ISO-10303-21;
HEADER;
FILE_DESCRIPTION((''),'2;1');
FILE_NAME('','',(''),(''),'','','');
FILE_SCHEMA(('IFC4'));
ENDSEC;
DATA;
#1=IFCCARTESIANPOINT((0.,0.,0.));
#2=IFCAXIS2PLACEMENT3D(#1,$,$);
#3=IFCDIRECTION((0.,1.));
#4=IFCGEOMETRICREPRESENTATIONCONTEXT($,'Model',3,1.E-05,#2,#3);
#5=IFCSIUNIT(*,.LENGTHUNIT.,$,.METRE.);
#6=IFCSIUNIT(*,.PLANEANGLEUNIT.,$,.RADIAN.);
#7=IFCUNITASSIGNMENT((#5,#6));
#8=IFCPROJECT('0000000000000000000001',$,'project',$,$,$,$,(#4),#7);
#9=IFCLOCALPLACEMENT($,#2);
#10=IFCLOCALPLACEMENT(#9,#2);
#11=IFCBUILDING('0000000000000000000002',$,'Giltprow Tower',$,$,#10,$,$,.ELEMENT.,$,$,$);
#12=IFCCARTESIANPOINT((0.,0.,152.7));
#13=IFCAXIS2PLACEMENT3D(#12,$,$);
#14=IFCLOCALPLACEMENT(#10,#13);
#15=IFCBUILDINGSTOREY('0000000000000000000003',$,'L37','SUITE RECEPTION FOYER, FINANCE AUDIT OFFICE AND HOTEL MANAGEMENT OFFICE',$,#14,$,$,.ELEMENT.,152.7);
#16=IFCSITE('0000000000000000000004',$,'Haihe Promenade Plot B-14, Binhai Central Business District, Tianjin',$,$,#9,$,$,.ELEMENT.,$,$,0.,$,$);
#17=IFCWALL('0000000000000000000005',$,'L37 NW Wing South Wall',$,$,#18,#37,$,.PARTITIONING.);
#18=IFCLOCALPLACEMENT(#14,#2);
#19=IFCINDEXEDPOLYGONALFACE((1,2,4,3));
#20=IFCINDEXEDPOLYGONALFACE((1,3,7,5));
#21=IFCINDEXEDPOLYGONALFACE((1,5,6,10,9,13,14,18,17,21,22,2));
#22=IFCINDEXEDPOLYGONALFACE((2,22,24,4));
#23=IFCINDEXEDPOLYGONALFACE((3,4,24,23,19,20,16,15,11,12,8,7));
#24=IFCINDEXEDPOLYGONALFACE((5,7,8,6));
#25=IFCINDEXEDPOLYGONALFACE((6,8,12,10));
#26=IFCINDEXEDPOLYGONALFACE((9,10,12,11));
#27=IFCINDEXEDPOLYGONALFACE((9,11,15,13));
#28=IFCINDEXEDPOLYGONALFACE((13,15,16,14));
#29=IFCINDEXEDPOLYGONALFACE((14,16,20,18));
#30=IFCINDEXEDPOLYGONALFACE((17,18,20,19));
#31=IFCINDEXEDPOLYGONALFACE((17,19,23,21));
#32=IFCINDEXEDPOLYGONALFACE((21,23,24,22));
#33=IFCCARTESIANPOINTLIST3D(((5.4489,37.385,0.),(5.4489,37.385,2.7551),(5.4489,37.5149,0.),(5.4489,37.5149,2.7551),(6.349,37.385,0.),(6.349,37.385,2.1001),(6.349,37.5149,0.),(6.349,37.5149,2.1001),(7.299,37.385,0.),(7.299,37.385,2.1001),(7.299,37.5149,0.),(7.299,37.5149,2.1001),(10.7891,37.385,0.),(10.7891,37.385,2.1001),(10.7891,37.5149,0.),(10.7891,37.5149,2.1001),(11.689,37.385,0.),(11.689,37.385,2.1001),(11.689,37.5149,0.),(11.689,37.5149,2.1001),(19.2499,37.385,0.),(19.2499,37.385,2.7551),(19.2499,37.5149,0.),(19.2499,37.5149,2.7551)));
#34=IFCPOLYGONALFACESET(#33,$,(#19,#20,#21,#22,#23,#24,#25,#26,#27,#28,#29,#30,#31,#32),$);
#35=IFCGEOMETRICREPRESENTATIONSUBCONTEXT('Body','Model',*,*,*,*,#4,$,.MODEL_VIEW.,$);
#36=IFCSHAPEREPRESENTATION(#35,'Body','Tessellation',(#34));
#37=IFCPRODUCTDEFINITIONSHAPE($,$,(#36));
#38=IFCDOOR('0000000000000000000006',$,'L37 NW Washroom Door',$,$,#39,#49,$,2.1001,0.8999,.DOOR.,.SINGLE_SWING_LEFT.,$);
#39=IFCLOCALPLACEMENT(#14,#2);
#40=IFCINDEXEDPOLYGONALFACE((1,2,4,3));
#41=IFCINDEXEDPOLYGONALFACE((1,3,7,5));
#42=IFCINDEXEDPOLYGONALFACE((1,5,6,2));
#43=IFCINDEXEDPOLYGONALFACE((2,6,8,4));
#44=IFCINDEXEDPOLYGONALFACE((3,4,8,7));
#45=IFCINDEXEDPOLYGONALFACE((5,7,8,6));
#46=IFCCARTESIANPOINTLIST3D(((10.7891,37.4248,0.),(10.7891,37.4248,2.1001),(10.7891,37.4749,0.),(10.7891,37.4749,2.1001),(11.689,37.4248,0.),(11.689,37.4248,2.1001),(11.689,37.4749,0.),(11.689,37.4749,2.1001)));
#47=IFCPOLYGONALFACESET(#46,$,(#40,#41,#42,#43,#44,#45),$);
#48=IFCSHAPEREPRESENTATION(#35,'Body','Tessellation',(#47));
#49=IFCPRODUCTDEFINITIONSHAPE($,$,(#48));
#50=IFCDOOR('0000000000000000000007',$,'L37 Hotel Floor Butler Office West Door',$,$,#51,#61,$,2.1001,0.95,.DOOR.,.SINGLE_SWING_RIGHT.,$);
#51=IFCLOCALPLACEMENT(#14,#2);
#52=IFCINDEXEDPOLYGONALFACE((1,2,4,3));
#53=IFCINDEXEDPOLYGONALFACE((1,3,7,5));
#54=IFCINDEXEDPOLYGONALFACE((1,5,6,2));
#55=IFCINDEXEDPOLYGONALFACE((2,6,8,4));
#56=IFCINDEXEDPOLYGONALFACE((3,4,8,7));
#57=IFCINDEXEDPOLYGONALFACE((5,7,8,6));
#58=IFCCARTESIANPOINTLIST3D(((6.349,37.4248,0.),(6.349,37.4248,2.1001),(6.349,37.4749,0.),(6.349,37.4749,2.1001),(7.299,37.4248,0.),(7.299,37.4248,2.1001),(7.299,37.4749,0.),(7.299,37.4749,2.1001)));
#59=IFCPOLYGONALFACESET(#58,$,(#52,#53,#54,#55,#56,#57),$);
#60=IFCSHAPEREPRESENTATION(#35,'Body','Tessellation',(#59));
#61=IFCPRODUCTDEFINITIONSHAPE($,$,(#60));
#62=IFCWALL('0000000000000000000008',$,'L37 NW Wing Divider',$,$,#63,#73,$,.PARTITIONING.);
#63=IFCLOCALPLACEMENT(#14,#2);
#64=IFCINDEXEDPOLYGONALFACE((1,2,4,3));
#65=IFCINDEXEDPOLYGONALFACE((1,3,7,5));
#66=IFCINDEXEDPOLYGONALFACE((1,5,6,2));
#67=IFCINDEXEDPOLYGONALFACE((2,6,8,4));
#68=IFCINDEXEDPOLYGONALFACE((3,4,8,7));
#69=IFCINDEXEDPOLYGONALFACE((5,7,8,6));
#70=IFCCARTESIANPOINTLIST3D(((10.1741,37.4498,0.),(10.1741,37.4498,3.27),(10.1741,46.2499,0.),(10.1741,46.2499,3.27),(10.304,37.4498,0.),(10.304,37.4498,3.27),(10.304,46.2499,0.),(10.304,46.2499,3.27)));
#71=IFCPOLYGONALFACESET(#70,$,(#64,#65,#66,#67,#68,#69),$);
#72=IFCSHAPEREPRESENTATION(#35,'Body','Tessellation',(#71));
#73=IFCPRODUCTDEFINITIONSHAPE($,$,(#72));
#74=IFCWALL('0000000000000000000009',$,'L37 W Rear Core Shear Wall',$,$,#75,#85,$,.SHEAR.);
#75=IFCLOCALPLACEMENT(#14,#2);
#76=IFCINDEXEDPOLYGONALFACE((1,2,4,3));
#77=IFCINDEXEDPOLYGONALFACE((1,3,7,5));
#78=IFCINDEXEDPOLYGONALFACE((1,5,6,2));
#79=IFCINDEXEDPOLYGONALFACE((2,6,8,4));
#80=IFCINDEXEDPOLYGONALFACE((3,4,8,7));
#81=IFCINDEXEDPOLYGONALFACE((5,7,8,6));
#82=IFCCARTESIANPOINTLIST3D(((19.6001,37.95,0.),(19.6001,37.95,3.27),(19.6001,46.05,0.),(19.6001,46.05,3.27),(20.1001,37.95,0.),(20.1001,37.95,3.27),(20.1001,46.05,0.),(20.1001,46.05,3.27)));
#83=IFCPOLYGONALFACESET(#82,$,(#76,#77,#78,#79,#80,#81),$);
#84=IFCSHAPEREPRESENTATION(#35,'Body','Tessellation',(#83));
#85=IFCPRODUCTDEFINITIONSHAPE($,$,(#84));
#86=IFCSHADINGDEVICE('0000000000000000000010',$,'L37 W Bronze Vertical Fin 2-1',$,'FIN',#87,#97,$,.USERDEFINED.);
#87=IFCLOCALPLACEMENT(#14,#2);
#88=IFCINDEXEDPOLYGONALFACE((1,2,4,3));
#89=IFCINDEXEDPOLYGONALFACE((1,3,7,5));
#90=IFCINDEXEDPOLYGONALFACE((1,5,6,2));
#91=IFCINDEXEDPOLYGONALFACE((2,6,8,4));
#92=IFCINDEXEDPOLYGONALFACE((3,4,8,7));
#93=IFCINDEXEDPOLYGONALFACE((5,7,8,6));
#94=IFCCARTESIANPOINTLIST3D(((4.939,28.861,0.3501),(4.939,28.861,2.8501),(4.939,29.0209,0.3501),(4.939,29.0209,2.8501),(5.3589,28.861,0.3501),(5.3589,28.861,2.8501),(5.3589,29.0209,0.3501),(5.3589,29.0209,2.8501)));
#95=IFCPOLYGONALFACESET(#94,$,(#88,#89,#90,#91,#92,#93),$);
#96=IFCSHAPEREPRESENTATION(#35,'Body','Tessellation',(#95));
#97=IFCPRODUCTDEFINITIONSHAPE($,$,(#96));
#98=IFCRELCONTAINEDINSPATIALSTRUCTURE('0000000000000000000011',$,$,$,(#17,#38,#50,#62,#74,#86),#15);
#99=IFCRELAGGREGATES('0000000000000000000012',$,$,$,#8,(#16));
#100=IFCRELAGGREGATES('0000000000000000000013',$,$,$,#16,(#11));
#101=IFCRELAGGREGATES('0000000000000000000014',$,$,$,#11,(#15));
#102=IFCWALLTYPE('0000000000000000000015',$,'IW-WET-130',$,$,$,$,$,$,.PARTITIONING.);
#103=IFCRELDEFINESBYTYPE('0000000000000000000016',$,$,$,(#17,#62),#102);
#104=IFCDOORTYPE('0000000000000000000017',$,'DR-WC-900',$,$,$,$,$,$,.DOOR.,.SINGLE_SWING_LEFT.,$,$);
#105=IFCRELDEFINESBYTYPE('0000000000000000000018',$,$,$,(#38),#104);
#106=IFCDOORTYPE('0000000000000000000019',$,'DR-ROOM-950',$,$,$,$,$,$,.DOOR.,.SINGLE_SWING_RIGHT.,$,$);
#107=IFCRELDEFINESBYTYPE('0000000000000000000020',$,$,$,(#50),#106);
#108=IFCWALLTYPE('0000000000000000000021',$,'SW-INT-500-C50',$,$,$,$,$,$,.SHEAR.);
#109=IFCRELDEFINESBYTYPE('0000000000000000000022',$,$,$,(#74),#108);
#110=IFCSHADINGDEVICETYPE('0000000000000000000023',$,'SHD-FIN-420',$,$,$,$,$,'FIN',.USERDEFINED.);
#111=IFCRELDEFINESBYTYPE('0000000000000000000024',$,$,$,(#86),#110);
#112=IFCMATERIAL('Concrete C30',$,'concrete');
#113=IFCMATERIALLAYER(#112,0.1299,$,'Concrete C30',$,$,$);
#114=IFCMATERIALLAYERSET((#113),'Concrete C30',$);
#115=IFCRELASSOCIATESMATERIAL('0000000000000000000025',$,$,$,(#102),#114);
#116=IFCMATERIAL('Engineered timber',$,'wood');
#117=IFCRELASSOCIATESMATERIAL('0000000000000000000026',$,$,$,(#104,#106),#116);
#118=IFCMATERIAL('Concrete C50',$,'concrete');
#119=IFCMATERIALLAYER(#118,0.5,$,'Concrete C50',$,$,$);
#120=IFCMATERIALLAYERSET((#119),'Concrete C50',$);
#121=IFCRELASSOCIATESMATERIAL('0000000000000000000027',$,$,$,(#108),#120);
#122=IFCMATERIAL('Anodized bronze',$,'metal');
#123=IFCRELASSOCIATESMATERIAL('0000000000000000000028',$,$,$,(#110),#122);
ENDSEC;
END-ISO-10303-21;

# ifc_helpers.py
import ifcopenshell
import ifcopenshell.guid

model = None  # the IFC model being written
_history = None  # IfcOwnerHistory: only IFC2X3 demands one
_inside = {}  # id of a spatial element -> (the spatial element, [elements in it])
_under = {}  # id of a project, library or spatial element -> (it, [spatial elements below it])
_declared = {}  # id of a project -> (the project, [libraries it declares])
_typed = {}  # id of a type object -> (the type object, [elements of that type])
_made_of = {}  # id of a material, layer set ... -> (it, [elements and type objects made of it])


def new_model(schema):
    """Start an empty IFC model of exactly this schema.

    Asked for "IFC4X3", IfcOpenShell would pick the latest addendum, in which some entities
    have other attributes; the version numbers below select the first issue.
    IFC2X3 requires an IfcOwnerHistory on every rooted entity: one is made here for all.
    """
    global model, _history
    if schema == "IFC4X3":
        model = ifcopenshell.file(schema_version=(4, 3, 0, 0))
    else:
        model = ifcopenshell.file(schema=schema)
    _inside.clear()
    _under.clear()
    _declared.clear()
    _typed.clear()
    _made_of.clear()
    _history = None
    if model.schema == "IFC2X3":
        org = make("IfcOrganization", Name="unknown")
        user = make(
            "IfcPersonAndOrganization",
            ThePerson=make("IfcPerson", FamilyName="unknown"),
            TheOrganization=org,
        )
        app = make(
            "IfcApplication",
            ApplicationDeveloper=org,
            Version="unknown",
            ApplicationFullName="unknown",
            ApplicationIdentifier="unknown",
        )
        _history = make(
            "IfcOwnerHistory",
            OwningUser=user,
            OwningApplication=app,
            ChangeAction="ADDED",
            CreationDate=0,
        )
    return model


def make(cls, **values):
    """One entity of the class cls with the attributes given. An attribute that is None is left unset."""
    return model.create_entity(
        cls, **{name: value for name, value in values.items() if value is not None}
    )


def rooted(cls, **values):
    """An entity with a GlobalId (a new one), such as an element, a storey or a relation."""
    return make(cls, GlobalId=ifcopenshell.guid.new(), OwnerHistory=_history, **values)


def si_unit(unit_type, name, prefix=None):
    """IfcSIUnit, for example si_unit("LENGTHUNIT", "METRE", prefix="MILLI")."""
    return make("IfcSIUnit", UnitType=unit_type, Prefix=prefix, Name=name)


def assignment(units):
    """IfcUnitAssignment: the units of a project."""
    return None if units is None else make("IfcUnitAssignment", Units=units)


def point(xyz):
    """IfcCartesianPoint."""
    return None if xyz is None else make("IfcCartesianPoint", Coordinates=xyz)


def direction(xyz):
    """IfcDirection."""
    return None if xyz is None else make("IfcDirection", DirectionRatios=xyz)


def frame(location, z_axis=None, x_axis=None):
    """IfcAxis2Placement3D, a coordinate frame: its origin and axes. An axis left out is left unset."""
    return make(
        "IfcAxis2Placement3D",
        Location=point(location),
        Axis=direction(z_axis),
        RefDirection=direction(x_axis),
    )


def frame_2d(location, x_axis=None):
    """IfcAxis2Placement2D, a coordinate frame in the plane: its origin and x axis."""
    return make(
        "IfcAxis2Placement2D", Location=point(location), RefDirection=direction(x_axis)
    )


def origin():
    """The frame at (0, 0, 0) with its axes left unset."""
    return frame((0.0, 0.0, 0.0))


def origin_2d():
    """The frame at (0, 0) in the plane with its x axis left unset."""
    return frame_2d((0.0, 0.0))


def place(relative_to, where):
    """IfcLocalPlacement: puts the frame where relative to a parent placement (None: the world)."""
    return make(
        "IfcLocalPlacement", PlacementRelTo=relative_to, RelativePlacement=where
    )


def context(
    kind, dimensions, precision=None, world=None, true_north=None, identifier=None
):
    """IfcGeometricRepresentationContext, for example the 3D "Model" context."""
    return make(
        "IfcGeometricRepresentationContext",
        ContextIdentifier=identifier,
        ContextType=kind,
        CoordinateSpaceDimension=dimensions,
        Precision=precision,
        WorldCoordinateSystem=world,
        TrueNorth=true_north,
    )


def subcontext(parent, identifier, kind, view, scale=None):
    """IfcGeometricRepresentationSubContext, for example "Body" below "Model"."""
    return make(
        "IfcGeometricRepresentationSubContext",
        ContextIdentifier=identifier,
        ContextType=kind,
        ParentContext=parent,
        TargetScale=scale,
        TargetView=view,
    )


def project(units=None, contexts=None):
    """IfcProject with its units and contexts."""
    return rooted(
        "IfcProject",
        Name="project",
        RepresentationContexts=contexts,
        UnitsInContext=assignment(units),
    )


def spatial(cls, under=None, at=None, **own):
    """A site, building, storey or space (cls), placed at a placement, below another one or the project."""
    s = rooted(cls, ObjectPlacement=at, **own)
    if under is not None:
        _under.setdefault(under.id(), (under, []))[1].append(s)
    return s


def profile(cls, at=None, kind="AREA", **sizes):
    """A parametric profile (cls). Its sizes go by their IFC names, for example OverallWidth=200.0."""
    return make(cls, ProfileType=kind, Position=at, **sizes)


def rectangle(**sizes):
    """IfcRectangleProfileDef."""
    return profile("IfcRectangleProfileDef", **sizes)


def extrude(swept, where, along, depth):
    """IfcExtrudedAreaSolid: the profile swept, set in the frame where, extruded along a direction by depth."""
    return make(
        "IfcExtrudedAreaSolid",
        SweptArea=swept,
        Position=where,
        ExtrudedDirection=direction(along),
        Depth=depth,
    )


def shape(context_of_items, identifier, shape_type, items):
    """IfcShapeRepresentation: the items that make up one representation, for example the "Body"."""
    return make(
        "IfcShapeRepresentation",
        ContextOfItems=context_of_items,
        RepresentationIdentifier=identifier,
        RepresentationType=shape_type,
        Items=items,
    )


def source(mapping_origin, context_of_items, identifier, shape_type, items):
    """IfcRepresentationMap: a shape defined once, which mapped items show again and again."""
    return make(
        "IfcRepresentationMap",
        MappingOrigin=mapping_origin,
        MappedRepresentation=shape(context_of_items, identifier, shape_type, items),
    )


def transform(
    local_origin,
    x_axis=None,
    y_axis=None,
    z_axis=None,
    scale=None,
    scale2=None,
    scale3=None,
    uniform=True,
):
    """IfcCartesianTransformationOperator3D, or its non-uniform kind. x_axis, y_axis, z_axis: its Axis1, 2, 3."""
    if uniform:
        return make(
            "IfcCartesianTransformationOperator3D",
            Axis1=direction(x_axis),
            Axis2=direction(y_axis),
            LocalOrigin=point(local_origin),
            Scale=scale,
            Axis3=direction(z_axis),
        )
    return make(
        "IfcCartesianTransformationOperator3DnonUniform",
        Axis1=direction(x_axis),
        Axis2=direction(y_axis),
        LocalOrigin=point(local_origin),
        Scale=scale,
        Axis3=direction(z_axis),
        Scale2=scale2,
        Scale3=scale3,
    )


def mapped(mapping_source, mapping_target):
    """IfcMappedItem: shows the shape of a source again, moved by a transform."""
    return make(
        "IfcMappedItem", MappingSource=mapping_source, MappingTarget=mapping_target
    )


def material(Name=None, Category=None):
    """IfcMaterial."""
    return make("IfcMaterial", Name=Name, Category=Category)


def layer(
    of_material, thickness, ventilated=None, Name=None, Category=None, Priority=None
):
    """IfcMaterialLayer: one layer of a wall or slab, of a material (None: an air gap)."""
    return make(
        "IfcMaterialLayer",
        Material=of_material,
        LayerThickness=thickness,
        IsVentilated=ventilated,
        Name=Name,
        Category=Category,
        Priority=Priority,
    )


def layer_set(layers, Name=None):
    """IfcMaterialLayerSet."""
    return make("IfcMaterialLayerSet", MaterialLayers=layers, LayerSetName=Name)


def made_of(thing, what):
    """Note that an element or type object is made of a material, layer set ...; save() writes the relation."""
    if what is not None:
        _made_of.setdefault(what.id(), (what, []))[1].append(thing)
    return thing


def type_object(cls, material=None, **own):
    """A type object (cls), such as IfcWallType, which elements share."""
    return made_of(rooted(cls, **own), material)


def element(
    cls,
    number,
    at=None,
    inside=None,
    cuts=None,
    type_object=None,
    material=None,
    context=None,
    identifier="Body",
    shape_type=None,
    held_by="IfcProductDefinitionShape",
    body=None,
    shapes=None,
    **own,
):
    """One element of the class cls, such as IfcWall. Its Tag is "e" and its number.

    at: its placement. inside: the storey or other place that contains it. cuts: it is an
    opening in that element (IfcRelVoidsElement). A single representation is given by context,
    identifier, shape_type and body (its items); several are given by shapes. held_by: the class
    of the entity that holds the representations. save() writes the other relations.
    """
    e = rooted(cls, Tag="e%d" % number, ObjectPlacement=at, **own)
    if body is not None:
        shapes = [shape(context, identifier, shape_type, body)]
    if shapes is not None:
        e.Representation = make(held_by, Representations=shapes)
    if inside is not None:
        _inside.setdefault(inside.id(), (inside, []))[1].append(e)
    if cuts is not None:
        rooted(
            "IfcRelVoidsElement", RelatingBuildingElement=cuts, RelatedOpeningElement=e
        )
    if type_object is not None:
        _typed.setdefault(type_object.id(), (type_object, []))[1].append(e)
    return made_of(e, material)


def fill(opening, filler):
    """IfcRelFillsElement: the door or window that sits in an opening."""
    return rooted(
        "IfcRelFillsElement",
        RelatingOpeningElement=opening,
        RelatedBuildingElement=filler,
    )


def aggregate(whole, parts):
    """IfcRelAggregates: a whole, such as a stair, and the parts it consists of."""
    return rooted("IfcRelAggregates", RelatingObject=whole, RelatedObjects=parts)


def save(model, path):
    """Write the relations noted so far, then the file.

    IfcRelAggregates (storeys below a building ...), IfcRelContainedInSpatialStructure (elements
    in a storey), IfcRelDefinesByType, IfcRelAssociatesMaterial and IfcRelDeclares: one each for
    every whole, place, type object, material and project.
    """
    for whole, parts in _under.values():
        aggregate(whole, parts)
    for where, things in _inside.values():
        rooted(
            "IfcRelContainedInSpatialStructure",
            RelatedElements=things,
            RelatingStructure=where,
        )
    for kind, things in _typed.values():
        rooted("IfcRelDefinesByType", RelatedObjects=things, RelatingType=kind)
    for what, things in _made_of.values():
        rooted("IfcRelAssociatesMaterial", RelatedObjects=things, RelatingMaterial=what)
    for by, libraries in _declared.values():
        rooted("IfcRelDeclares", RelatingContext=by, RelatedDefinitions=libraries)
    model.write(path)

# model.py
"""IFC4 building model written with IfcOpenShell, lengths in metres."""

from ifc_helpers import new_model, si_unit, direction, frame, frame_2d, origin, origin_2d, place, context, subcontext, project, spatial, rectangle, extrude, source, transform, mapped, material, layer, layer_set, type_object, element, fill, save


model = new_model("IFC4")

# Units and contexts
model_context = context("Model", 3, precision=1e-05, world=origin(), true_north=direction((0.0, 1.0)))
body_context = subcontext(model_context, "Body", "Model", "MODEL_VIEW")
ifc_project = project(units=[si_unit("LENGTHUNIT", "METRE"), si_unit("PLANEANGLEUNIT", "RADIAN")], contexts=[model_context])

# Site, building, storey
site_placement = place(None, origin())
site = spatial("IfcSite", under=ifc_project, at=site_placement, Name="Haihe Promenade Plot B-14, Binhai Central Business District, Tianjin", CompositionType="ELEMENT", RefElevation=0.0)
building_placement = place(site_placement, origin())
building = spatial("IfcBuilding", under=site, at=building_placement, Name="Giltprow Tower", CompositionType="ELEMENT")
storey_placement = place(building_placement, frame((0.0, 0.0, 152.7)))
storey = spatial("IfcBuildingStorey", under=building, at=storey_placement, Name="L37", Description="SUITE RECEPTION FOYER, FINANCE AUDIT OFFICE AND HOTEL MANAGEMENT OFFICE", CompositionType="ELEMENT", Elevation=152.7)

# Shared definitions
ifc_material_1 = material(Name="Concrete C50", Category="concrete")

# Shared definitions
ifc_material_2 = material(Name="Engineered timber", Category="wood")

# Wall, openings, doors
ifc_material_3 = material(Name="Concrete C30", Category="concrete")
ifc_layer_1 = layer(ifc_material_3, 0.1299, Name="Concrete C30")
ifc_layer_set_1 = layer_set([ifc_layer_1], Name="Concrete C30")
wall_type_1 = type_object("IfcWallType", Name="IW-WET-130", PredefinedType="PARTITIONING", material=ifc_layer_set_1)
wall_1_placement = place(storey_placement, frame((5.449, 37.45, 0.0), z_axis=(0.0, 0.0, 1.0), x_axis=(1.0, 0.0, 0.0)))
wall_1 = element("IfcWall", 1, at=wall_1_placement, inside=storey, type_object=wall_type_1, Name="L37 NW Wing South Wall", PredefinedType="PARTITIONING", context=body_context, shape_type="SweptSolid", body=[
    extrude(rectangle(XDim=13.801, YDim=0.1299, at=frame_2d((6.9004, 0.0))), origin(), (0.0, 0.0, 1.0), 2.7551),
])
opening_1_placement = place(wall_1_placement, frame((0.8999, 0.0, 0.0)))
opening_1 = element("IfcOpeningElement", 2, at=opening_1_placement, cuts=wall_1, PredefinedType="OPENING", context=body_context, shape_type="SweptSolid", body=[
    extrude(rectangle(XDim=0.95, YDim=2.1001, at=frame_2d((0.4751, 1.05))), frame((0.0, 0.075, 0.0), z_axis=(0.0, -1.0, 0.0), x_axis=(1.0, 0.0, 0.0)), (0.0, 0.0, 1.0), 0.1499),
])
opening_2_placement = place(wall_1_placement, frame((5.3401, 0.0, 0.0)))
opening_2 = element("IfcOpeningElement", 3, at=opening_2_placement, cuts=wall_1, PredefinedType="OPENING", context=body_context, shape_type="SweptSolid", body=[
    extrude(rectangle(XDim=0.8999, YDim=2.1001, at=frame_2d((0.45, 1.05))), frame((0.0, 0.075, 0.0), z_axis=(0.0, -1.0, 0.0), x_axis=(1.0, 0.0, 0.0)), (0.0, 0.0, 1.0), 0.1499),
])
door_type_1 = type_object("IfcDoorType", Name="DR-WC-900", OperationType="SINGLE_SWING_LEFT", PredefinedType="DOOR", material=ifc_material_2)
shared_shape_1 = source(origin(), body_context, "Body", "SweptSolid", [
    extrude(rectangle(XDim=0.8999, YDim=2.1001, at=frame_2d((0.45, 1.05))), frame((0.0, 0.0249, 0.0), z_axis=(0.0, -1.0, 0.0), x_axis=(1.0, 0.0, 0.0)), (0.0, 0.0, 1.0), 0.05),
])
door_1_placement = place(opening_2_placement, origin())
door_1 = element("IfcDoor", 4, at=door_1_placement, inside=storey, type_object=door_type_1, Name="L37 NW Washroom Door", OperationType="SINGLE_SWING_LEFT", OverallHeight=2.1001, OverallWidth=0.8999, PredefinedType="DOOR", context=body_context, shape_type="MappedRepresentation", body=[
    mapped(shared_shape_1, transform((0.0, 0.0, 0.0), x_axis=(1.0, 0.0, 0.0), y_axis=(0.0, 1.0, 0.0), z_axis=(0.0, 0.0, 1.0), scale=1.0)),
])
fill(opening_2, door_1)
door_type_2 = type_object("IfcDoorType", Name="DR-ROOM-950", OperationType="SINGLE_SWING_RIGHT", PredefinedType="DOOR", material=ifc_material_2)
shared_shape_2 = source(origin(), body_context, "Body", "SweptSolid", [
    extrude(rectangle(XDim=0.95, YDim=2.1001, at=frame_2d((0.4751, 1.05))), frame((0.0, 0.0249, 0.0), z_axis=(0.0, -1.0, 0.0), x_axis=(1.0, 0.0, 0.0)), (0.0, 0.0, 1.0), 0.05),
])
door_2_placement = place(opening_1_placement, origin())
door_2 = element("IfcDoor", 5, at=door_2_placement, inside=storey, type_object=door_type_2, Name="L37 Hotel Floor Butler Office West Door", OperationType="SINGLE_SWING_RIGHT", OverallHeight=2.1001, OverallWidth=0.95, PredefinedType="DOOR", context=body_context, shape_type="MappedRepresentation", body=[
    mapped(shared_shape_2, transform((0.0, 0.0, 0.0), x_axis=(1.0, 0.0, 0.0), y_axis=(0.0, 1.0, 0.0), z_axis=(0.0, 0.0, 1.0), scale=1.0)),
])
fill(opening_1, door_2)

# Wall
wall_2_placement = place(storey_placement, frame((10.239, 37.45, 0.0), z_axis=(0.0, 0.0, 1.0), x_axis=(0.0, 1.0, 0.0)))
element("IfcWall", 6, at=wall_2_placement, inside=storey, type_object=wall_type_1, Name="L37 NW Wing Divider", PredefinedType="PARTITIONING", context=body_context, shape_type="SweptSolid", body=[
    extrude(rectangle(XDim=8.8, YDim=0.1299, at=frame_2d((4.3999, 0.0))), origin(), (0.0, 0.0, 1.0), 3.27),
])

# Shared definitions
ifc_layer_2 = layer(ifc_material_1, 0.5, Name="Concrete C50")
ifc_layer_set_2 = layer_set([ifc_layer_2], Name="Concrete C50")
wall_type_2 = type_object("IfcWallType", Name="SW-INT-500-C50", PredefinedType="SHEAR", material=ifc_layer_set_2)

# Wall
wall_3_placement = place(storey_placement, frame((19.8501, 37.95, 0.0), z_axis=(0.0, 0.0, 1.0), x_axis=(0.0, 1.0, 0.0)))
element("IfcWall", 7, at=wall_3_placement, inside=storey, type_object=wall_type_2, Name="L37 W Rear Core Shear Wall", PredefinedType="SHEAR", context=body_context, shape_type="SweptSolid", body=[
    extrude(rectangle(XDim=8.1001, YDim=0.5, at=frame_2d((4.05, 0.0))), origin(), (0.0, 0.0, 1.0), 3.27),
])

# Shading device
ifc_material_4 = material(Name="Anodized bronze", Category="metal")
shading_device_type = type_object("IfcShadingDeviceType", Name="SHD-FIN-420", ElementType="FIN", PredefinedType="USERDEFINED", material=ifc_material_4)
shared_shape_3 = source(origin(), body_context, "Body", "SweptSolid", [
    extrude(rectangle(XDim=0.4199, YDim=0.1599, at=origin_2d()), origin(), (0.0, 0.0, 1.0), 2.5),
])
shading_device_placement = place(storey_placement, frame((5.1489, 28.9409, 0.3501), z_axis=(0.0, 0.0, 1.0), x_axis=(1.0, 0.0, 0.0)))
element("IfcShadingDevice", 8, at=shading_device_placement, inside=storey, type_object=shading_device_type, Name="L37 W Bronze Vertical Fin 2-1", ObjectType="FIN", PredefinedType="USERDEFINED", context=body_context, shape_type="MappedRepresentation", body=[
    mapped(shared_shape_3, transform((0.0, 0.0, 0.0), x_axis=(1.0, 0.0, 0.0), y_axis=(0.0, 1.0, 0.0), z_axis=(0.0, 0.0, 1.0), scale=1.0)),
])

save(model, "model.ifc")
